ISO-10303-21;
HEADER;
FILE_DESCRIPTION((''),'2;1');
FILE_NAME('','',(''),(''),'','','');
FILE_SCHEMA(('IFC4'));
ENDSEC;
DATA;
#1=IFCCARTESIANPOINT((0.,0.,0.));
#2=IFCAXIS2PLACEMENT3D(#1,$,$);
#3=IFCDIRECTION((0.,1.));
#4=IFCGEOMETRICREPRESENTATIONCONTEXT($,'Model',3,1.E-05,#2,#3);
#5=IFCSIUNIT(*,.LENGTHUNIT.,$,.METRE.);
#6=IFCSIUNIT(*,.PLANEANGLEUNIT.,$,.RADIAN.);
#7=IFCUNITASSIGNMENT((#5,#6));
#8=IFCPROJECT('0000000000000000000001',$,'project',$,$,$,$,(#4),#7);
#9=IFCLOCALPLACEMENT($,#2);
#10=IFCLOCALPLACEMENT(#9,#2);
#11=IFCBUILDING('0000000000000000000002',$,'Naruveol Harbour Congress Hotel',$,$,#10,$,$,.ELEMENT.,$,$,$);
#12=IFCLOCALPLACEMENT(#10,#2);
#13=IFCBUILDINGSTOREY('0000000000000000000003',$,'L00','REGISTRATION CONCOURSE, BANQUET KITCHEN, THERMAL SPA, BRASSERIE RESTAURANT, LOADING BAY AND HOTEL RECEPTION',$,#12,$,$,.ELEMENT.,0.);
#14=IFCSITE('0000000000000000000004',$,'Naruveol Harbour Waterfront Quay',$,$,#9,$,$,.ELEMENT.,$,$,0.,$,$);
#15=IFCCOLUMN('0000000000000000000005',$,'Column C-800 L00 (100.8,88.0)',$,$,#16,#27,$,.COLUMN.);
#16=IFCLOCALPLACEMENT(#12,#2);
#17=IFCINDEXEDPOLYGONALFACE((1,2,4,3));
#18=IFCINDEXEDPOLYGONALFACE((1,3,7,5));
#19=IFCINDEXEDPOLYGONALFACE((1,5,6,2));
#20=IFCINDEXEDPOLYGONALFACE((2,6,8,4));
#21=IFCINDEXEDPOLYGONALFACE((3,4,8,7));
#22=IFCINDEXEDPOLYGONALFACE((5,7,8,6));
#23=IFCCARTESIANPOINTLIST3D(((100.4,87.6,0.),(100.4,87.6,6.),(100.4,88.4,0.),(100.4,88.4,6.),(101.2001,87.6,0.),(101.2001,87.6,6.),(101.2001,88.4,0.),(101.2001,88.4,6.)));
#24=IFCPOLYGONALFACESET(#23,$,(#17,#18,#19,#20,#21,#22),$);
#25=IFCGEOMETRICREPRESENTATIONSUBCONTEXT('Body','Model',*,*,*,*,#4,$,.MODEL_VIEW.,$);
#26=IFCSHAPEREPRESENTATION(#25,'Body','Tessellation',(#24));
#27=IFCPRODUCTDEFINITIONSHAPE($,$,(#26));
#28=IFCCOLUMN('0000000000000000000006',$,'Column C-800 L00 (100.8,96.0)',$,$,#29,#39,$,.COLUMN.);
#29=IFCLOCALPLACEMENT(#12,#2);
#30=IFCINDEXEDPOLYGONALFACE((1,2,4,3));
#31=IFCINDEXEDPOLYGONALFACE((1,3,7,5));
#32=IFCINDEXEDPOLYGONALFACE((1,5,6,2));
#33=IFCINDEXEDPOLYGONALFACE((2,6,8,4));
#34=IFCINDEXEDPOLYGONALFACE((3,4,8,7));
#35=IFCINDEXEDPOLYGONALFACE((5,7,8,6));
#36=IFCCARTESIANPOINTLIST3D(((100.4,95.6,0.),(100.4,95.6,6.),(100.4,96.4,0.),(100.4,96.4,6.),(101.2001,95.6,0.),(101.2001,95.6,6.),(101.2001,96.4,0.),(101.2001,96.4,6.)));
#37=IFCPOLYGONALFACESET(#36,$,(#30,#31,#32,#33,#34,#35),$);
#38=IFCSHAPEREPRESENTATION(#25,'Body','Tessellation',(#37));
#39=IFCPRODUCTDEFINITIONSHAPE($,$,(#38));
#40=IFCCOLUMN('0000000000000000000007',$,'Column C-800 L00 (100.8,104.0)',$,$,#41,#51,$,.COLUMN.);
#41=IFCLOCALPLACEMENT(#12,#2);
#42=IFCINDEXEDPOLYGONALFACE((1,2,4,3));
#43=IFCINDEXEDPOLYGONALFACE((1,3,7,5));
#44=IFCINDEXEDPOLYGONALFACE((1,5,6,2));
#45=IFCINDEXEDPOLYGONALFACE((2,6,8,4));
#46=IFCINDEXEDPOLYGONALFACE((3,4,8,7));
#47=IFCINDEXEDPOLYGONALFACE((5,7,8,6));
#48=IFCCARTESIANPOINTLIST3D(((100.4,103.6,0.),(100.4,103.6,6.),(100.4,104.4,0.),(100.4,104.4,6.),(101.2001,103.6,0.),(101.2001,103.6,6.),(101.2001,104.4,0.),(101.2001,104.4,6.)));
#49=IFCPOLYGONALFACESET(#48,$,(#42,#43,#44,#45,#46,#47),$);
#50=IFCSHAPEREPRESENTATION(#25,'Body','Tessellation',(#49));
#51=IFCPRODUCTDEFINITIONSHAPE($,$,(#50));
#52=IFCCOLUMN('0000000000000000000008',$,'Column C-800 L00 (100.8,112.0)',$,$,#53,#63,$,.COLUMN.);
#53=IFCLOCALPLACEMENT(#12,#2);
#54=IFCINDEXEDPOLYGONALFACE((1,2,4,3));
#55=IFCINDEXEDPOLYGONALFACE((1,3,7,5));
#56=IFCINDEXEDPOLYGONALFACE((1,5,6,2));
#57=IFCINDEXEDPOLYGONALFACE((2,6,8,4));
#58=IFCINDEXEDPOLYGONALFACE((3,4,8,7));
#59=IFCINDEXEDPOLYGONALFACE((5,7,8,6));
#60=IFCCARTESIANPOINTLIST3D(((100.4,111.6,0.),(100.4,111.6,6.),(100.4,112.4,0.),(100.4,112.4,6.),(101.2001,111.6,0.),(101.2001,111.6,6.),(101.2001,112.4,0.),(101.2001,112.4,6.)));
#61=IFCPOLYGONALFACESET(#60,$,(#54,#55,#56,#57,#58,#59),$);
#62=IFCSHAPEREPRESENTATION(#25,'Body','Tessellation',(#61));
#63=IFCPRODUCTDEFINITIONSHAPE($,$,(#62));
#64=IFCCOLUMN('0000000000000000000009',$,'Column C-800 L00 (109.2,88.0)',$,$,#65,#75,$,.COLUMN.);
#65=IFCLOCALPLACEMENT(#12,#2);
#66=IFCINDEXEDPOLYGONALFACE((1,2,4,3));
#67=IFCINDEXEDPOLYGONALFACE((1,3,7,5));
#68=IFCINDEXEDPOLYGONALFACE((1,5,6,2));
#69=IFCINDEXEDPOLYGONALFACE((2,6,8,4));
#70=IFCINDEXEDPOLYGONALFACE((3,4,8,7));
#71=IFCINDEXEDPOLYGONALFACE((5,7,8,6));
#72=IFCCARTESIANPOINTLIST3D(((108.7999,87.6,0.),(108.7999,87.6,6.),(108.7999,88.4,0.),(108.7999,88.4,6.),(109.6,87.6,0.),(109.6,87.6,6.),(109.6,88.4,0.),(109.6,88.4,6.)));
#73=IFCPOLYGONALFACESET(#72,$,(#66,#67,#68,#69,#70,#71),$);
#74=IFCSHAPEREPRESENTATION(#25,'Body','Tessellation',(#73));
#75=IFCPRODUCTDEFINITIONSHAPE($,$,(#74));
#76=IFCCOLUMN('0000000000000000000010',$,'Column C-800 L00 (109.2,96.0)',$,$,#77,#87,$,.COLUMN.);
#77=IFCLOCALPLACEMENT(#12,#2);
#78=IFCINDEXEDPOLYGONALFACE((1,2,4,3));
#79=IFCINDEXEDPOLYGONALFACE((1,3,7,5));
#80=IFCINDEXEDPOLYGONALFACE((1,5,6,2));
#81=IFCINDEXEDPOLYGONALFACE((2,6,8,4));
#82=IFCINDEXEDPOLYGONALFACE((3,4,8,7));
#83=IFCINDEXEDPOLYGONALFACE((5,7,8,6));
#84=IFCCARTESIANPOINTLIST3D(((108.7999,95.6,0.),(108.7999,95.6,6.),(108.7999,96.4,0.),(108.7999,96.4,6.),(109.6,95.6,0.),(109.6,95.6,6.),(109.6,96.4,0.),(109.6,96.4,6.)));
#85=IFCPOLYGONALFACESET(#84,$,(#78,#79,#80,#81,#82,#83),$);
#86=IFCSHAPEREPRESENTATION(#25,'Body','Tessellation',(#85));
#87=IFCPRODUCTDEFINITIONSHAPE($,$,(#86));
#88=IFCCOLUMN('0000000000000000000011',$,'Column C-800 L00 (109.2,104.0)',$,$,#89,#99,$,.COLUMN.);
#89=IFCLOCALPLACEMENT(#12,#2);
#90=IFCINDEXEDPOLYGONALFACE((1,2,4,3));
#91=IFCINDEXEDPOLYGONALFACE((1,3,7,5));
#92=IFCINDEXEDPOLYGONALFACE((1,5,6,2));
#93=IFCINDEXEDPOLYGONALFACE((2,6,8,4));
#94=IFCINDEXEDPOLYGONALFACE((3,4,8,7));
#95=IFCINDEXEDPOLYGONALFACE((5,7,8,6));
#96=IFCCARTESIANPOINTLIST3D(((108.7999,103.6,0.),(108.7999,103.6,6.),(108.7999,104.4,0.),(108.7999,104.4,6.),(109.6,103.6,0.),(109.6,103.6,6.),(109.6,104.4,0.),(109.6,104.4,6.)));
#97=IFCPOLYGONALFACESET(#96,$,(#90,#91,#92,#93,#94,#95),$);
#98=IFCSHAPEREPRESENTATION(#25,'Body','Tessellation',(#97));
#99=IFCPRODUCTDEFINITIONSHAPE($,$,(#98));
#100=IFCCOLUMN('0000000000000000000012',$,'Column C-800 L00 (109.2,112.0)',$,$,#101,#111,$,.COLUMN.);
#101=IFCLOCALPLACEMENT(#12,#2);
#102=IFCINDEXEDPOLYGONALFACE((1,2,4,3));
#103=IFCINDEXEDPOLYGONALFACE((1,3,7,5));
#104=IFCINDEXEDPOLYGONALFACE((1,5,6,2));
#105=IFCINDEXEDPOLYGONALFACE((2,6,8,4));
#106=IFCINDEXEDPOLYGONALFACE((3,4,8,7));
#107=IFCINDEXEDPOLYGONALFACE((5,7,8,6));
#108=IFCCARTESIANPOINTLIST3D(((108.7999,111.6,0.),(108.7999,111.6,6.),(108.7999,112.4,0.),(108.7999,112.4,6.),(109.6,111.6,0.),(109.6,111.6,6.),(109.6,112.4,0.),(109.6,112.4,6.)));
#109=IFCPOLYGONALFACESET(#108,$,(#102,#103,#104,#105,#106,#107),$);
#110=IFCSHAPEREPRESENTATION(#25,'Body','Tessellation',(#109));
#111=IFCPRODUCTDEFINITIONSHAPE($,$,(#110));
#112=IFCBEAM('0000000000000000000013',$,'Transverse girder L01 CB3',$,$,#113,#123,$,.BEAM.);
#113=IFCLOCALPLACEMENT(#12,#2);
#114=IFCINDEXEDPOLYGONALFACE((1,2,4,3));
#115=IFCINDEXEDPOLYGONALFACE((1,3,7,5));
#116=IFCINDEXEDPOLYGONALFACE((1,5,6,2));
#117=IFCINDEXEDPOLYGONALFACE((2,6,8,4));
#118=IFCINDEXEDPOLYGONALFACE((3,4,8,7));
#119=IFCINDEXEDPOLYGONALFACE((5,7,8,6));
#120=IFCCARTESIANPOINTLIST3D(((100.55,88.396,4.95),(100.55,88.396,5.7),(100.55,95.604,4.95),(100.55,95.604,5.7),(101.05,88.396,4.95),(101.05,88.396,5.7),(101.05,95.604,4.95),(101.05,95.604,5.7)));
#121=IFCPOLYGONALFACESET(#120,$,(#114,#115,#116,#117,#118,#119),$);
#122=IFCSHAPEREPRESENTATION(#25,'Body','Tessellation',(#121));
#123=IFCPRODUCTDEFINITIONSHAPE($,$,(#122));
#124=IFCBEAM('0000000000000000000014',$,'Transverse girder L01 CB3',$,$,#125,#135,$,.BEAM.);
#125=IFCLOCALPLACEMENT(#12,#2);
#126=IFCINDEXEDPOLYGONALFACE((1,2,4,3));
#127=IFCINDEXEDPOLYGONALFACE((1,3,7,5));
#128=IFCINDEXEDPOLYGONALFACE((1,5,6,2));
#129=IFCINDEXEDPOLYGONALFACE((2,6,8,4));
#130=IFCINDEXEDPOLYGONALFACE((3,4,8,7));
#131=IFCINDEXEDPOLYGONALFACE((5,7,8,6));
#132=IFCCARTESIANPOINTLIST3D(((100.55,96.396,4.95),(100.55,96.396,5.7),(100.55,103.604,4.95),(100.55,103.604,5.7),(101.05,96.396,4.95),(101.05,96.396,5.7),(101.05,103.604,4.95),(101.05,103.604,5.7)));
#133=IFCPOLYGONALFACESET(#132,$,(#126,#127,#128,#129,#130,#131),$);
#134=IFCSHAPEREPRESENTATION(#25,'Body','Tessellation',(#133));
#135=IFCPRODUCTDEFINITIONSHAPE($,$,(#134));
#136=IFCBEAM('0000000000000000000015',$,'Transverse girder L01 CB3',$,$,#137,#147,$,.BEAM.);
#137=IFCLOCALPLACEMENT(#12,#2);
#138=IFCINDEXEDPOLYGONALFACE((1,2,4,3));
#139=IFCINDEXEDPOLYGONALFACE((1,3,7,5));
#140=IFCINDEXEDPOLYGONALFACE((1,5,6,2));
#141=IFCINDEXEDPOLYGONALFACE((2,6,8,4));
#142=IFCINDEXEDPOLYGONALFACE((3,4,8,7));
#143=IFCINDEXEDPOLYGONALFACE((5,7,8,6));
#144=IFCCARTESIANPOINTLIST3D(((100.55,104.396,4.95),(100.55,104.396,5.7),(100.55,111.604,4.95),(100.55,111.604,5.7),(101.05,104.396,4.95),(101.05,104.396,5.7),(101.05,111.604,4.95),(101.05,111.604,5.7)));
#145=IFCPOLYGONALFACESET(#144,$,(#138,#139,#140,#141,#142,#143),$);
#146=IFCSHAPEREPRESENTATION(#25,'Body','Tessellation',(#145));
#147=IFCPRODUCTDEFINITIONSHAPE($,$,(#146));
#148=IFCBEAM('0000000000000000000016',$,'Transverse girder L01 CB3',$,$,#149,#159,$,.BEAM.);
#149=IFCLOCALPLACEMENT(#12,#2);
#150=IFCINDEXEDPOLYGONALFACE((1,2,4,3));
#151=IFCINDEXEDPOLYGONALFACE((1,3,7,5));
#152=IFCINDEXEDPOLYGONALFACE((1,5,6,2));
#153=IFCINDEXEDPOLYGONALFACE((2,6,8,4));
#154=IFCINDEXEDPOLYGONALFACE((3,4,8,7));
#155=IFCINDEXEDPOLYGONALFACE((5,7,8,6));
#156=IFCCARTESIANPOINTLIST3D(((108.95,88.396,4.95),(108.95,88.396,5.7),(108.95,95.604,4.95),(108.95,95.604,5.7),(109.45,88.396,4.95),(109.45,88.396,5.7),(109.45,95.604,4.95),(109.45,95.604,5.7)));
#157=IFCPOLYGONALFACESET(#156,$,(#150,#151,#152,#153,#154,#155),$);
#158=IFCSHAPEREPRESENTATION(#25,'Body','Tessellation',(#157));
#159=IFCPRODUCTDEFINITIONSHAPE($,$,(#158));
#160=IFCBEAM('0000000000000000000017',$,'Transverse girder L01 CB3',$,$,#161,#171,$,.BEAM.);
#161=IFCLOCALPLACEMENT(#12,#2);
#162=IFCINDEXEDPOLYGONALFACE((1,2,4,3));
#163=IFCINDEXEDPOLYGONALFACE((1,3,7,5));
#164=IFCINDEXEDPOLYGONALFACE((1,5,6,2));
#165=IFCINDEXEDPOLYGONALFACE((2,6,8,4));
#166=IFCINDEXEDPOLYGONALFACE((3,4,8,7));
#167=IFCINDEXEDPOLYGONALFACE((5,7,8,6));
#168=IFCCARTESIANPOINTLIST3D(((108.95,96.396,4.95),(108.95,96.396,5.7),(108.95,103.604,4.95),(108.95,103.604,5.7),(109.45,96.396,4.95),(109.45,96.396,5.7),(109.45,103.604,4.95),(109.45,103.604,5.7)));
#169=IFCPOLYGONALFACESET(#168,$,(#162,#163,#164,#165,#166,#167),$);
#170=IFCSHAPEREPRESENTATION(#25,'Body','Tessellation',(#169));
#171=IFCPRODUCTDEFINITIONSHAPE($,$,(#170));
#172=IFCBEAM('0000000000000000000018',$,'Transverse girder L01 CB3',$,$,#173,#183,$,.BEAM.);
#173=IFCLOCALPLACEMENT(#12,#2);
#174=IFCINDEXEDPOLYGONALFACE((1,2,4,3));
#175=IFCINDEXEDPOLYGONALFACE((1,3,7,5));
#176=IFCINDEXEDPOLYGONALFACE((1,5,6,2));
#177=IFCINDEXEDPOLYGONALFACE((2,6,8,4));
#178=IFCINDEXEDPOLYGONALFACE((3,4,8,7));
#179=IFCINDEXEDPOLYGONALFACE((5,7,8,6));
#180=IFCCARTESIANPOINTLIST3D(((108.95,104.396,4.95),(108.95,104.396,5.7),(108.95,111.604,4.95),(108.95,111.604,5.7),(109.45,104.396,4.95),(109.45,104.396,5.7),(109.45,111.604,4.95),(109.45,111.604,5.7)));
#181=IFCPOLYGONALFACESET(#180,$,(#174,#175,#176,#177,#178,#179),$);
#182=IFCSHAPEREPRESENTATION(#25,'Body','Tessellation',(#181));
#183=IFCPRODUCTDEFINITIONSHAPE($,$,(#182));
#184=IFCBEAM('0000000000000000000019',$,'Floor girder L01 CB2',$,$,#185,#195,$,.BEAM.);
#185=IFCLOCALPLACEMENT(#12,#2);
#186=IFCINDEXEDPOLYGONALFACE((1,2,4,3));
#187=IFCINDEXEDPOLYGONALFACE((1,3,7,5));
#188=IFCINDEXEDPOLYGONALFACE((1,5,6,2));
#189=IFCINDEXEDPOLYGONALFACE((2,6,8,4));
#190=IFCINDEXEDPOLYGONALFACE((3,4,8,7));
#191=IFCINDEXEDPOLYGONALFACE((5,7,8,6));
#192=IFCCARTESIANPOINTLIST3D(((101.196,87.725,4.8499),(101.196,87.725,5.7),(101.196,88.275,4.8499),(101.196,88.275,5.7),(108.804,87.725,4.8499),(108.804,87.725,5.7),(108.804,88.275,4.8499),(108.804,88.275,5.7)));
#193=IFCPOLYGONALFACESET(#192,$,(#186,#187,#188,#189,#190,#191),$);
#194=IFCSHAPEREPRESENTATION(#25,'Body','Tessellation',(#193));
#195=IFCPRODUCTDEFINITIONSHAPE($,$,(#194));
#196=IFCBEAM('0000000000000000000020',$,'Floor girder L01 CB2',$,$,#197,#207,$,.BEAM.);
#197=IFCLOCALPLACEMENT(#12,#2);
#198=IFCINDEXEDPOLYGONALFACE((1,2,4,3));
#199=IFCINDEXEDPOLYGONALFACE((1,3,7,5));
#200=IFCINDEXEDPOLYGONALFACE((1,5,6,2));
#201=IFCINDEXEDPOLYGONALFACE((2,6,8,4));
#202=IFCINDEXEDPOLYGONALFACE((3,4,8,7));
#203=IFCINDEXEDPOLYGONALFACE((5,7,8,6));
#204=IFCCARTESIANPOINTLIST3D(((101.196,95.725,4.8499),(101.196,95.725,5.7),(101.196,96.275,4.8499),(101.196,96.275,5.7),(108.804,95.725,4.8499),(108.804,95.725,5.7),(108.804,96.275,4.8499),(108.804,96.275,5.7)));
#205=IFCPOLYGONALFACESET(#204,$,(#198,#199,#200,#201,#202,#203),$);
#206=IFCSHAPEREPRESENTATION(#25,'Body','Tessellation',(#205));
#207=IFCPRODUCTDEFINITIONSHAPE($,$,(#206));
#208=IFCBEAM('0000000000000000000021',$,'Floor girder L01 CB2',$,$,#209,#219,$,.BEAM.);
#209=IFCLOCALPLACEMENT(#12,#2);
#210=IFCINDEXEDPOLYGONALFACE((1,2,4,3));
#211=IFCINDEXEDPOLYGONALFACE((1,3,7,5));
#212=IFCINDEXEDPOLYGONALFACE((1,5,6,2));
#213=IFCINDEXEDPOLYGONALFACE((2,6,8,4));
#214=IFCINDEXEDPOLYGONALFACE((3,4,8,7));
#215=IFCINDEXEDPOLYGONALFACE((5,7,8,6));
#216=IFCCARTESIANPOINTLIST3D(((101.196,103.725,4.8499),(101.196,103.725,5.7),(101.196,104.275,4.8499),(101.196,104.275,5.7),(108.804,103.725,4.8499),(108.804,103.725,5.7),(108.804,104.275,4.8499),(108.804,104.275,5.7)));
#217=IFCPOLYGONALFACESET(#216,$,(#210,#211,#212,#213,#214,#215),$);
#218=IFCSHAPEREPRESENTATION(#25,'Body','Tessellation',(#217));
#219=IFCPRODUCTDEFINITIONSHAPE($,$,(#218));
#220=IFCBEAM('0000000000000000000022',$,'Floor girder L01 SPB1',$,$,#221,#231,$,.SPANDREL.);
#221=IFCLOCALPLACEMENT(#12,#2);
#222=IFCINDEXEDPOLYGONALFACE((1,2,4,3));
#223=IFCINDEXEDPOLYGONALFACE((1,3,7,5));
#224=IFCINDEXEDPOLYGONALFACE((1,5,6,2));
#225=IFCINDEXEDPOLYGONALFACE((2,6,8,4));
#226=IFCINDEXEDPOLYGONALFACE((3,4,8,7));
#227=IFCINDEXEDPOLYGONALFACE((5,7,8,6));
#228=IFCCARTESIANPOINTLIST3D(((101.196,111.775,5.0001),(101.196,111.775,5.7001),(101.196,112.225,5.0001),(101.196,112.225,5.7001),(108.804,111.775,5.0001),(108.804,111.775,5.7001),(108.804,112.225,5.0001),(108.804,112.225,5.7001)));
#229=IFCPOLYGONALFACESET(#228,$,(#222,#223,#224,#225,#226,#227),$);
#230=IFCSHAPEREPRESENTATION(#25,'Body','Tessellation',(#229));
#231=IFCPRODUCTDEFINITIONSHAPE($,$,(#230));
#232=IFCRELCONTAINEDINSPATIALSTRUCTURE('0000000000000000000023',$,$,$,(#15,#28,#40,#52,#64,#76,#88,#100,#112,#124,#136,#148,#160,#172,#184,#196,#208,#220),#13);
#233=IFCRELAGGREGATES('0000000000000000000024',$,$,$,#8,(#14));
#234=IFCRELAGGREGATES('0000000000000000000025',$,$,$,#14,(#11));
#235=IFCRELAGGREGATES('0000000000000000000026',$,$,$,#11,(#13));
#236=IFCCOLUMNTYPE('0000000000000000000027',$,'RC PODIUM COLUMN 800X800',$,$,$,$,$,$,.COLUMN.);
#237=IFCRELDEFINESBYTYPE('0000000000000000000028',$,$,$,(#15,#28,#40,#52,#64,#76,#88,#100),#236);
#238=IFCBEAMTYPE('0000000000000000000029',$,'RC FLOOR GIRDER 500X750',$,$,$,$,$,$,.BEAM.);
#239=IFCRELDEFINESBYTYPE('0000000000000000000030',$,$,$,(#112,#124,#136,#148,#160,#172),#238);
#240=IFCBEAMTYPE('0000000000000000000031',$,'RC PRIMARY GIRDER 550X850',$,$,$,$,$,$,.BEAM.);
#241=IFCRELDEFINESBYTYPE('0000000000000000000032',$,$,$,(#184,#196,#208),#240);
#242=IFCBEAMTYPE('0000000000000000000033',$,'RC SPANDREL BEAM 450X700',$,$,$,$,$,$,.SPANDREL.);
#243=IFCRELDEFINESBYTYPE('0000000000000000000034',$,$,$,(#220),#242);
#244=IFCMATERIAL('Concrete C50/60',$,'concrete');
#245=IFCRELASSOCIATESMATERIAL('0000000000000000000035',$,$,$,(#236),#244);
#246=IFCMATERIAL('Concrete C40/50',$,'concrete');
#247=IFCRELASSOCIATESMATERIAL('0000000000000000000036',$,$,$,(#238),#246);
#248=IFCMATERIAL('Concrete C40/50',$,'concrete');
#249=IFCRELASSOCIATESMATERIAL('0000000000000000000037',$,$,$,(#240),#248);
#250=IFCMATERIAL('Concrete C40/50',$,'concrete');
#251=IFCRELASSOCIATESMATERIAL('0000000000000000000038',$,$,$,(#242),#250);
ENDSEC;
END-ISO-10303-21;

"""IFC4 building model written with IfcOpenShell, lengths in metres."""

from ifc_helpers import new_model, si_unit, direction, frame, origin, origin_2d, place, context, subcontext, project, spatial, rectangle, extrude, material, material_profile, profile_set, type_object, element, save


model = new_model("IFC4")

# Units and contexts
model_context = context("Model", 3, precision=1e-05, world=origin(), true_north=direction((0.0, 1.0)))
body_context = subcontext(model_context, "Body", "Model", "MODEL_VIEW")
ifc_project = project(units=[si_unit("LENGTHUNIT", "METRE"), si_unit("PLANEANGLEUNIT", "RADIAN")], contexts=[model_context])

# Site, building, storey
site_placement = place(None, origin())
site = spatial("IfcSite", under=ifc_project, at=site_placement, Name="Naruveol Harbour Waterfront Quay", CompositionType="ELEMENT", RefElevation=0.0)
building_placement = place(site_placement, origin())
building = spatial("IfcBuilding", under=site, at=building_placement, Name="Naruveol Harbour Congress Hotel", CompositionType="ELEMENT")
storey_placement = place(building_placement, origin())
storey = spatial("IfcBuildingStorey", under=building, at=storey_placement, Name="L00", Description="REGISTRATION CONCOURSE, BANQUET KITCHEN, THERMAL SPA, BRASSERIE RESTAURANT, LOADING BAY AND HOTEL RECEPTION", CompositionType="ELEMENT", Elevation=0.0)

# Columns
ifc_material_1 = material(Name="Concrete C50/60", Category="concrete")
ifc_material_profile_1 = material_profile(ifc_material_1, rectangle(XDim=0.8, YDim=0.8, at=origin_2d()), Name="RC-800x800")
ifc_profile_set_1 = profile_set([ifc_material_profile_1], Name="Concrete C50/60")
column_type = type_object("IfcColumnType", Name="RC PODIUM COLUMN 800X800", PredefinedType="COLUMN", material=ifc_profile_set_1)
for number, where, z_axis, x_axis, name in (
    (1, (100.8, 88.0, 0.0), (0.0, 0.0, 1.0), (1.0, 0.0, 0.0), "Column C-800 L00 (100.8,88.0)"),
    (2, (100.8, 96.0, 0.0), (0.0, 0.0, 1.0), (1.0, 0.0, 0.0), "Column C-800 L00 (100.8,96.0)"),
    (3, (100.8, 104.0, 0.0), (0.0, 0.0, 1.0), (1.0, 0.0, 0.0), "Column C-800 L00 (100.8,104.0)"),
    (4, (100.8, 112.0, 0.0), (0.0, 0.0, 1.0), (1.0, 0.0, 0.0), "Column C-800 L00 (100.8,112.0)"),
    (5, (109.2, 88.0, 0.0), (0.0, 0.0, 1.0), (1.0, 0.0, 0.0), "Column C-800 L00 (109.2,88.0)"),
    (6, (109.2, 96.0, 0.0), (0.0, 0.0, 1.0), (1.0, 0.0, 0.0), "Column C-800 L00 (109.2,96.0)"),
    (7, (109.2, 104.0, 0.0), (0.0, 0.0, 1.0), (1.0, 0.0, 0.0), "Column C-800 L00 (109.2,104.0)"),
    (8, (109.2, 112.0, 0.0), (0.0, 0.0, 1.0), (1.0, 0.0, 0.0), "Column C-800 L00 (109.2,112.0)"),
):
    element("IfcColumn", number, at=place(storey_placement, frame(where, z_axis=z_axis, x_axis=x_axis)), inside=storey, type_object=column_type, Name=name, PredefinedType="COLUMN", context=body_context, shape_type="SweptSolid", body=[
        extrude(rectangle(XDim=0.8, YDim=0.8, at=origin_2d()), origin(), (0.0, 0.0, 1.0), 6.0),
    ])

# Beams
ifc_material_2 = material(Name="Concrete C40/50", Category="concrete")
ifc_material_profile_2 = material_profile(ifc_material_2, rectangle(XDim=0.5, YDim=0.75, at=origin_2d()), Name="RCB-500x750")
ifc_profile_set_2 = profile_set([ifc_material_profile_2], Name="Concrete C40/50")
beam_type_1 = type_object("IfcBeamType", Name="RC FLOOR GIRDER 500X750", PredefinedType="BEAM", material=ifc_profile_set_2)
for number, where, z_axis, x_axis, name in (
    (9, (100.8, 88.396, 5.325), (0.0, 1.0, 0.0), (-1.0, 0.0, 0.0), "Transverse girder L01 CB3"),
    (10, (100.8, 96.396, 5.325), (0.0, 1.0, 0.0), (-1.0, 0.0, 0.0), "Transverse girder L01 CB3"),
    (11, (100.8, 104.396, 5.325), (0.0, 1.0, 0.0), (-1.0, 0.0, 0.0), "Transverse girder L01 CB3"),
    (12, (109.2, 88.396, 5.325), (0.0, 1.0, 0.0), (-1.0, 0.0, 0.0), "Transverse girder L01 CB3"),
    (13, (109.2, 96.396, 5.325), (0.0, 1.0, 0.0), (-1.0, 0.0, 0.0), "Transverse girder L01 CB3"),
    (14, (109.2, 104.396, 5.325), (0.0, 1.0, 0.0), (-1.0, 0.0, 0.0), "Transverse girder L01 CB3"),
):
    element("IfcBeam", number, at=place(storey_placement, frame(where, z_axis=z_axis, x_axis=x_axis)), inside=storey, type_object=beam_type_1, Name=name, PredefinedType="BEAM", context=body_context, shape_type="SweptSolid", body=[
        extrude(rectangle(XDim=0.5, YDim=0.75, at=origin_2d()), origin(), (0.0, 0.0, 1.0), 7.208),
    ])
ifc_material_3 = material(Name="Concrete C40/50", Category="concrete")
ifc_material_profile_3 = material_profile(ifc_material_3, rectangle(XDim=0.55, YDim=0.8501, at=origin_2d()), Name="RCB-550x850")
ifc_profile_set_3 = profile_set([ifc_material_profile_3], Name="Concrete C40/50")
beam_type_2 = type_object("IfcBeamType", Name="RC PRIMARY GIRDER 550X850", PredefinedType="BEAM", material=ifc_profile_set_3)
for number, where, z_axis, x_axis, name in (
    (15, (101.196, 88.0, 5.2749), (1.0, 0.0, 0.0), (0.0, 1.0, 0.0), "Floor girder L01 CB2"),
    (16, (101.196, 96.0, 5.2749), (1.0, 0.0, 0.0), (0.0, 1.0, 0.0), "Floor girder L01 CB2"),
    (17, (101.196, 104.0, 5.2749), (1.0, 0.0, 0.0), (0.0, 1.0, 0.0), "Floor girder L01 CB2"),
):
    element("IfcBeam", number, at=place(storey_placement, frame(where, z_axis=z_axis, x_axis=x_axis)), inside=storey, type_object=beam_type_2, Name=name, PredefinedType="BEAM", context=body_context, shape_type="SweptSolid", body=[
        extrude(rectangle(XDim=0.55, YDim=0.8501, at=origin_2d()), origin(), (0.0, 0.0, 1.0), 7.6079),
    ])
ifc_material_4 = material(Name="Concrete C40/50", Category="concrete")
ifc_material_profile_4 = material_profile(ifc_material_4, rectangle(XDim=0.45, YDim=0.7, at=origin_2d()), Name="RCB-450x700")
ifc_profile_set_4 = profile_set([ifc_material_profile_4], Name="Concrete C40/50")
beam_type_3 = type_object("IfcBeamType", Name="RC SPANDREL BEAM 450X700", PredefinedType="SPANDREL", material=ifc_profile_set_4)
beam_placement = place(storey_placement, frame((101.196, 112.0, 5.3501), z_axis=(1.0, 0.0, 0.0), x_axis=(0.0, 1.0, 0.0)))
element("IfcBeam", 18, at=beam_placement, inside=storey, type_object=beam_type_3, Name="Floor girder L01 SPB1", PredefinedType="SPANDREL", context=body_context, shape_type="SweptSolid", body=[
    extrude(rectangle(XDim=0.45, YDim=0.7, at=origin_2d()), origin(), (0.0, 0.0, 1.0), 7.6079),
])

save(model, "model.ifc")
